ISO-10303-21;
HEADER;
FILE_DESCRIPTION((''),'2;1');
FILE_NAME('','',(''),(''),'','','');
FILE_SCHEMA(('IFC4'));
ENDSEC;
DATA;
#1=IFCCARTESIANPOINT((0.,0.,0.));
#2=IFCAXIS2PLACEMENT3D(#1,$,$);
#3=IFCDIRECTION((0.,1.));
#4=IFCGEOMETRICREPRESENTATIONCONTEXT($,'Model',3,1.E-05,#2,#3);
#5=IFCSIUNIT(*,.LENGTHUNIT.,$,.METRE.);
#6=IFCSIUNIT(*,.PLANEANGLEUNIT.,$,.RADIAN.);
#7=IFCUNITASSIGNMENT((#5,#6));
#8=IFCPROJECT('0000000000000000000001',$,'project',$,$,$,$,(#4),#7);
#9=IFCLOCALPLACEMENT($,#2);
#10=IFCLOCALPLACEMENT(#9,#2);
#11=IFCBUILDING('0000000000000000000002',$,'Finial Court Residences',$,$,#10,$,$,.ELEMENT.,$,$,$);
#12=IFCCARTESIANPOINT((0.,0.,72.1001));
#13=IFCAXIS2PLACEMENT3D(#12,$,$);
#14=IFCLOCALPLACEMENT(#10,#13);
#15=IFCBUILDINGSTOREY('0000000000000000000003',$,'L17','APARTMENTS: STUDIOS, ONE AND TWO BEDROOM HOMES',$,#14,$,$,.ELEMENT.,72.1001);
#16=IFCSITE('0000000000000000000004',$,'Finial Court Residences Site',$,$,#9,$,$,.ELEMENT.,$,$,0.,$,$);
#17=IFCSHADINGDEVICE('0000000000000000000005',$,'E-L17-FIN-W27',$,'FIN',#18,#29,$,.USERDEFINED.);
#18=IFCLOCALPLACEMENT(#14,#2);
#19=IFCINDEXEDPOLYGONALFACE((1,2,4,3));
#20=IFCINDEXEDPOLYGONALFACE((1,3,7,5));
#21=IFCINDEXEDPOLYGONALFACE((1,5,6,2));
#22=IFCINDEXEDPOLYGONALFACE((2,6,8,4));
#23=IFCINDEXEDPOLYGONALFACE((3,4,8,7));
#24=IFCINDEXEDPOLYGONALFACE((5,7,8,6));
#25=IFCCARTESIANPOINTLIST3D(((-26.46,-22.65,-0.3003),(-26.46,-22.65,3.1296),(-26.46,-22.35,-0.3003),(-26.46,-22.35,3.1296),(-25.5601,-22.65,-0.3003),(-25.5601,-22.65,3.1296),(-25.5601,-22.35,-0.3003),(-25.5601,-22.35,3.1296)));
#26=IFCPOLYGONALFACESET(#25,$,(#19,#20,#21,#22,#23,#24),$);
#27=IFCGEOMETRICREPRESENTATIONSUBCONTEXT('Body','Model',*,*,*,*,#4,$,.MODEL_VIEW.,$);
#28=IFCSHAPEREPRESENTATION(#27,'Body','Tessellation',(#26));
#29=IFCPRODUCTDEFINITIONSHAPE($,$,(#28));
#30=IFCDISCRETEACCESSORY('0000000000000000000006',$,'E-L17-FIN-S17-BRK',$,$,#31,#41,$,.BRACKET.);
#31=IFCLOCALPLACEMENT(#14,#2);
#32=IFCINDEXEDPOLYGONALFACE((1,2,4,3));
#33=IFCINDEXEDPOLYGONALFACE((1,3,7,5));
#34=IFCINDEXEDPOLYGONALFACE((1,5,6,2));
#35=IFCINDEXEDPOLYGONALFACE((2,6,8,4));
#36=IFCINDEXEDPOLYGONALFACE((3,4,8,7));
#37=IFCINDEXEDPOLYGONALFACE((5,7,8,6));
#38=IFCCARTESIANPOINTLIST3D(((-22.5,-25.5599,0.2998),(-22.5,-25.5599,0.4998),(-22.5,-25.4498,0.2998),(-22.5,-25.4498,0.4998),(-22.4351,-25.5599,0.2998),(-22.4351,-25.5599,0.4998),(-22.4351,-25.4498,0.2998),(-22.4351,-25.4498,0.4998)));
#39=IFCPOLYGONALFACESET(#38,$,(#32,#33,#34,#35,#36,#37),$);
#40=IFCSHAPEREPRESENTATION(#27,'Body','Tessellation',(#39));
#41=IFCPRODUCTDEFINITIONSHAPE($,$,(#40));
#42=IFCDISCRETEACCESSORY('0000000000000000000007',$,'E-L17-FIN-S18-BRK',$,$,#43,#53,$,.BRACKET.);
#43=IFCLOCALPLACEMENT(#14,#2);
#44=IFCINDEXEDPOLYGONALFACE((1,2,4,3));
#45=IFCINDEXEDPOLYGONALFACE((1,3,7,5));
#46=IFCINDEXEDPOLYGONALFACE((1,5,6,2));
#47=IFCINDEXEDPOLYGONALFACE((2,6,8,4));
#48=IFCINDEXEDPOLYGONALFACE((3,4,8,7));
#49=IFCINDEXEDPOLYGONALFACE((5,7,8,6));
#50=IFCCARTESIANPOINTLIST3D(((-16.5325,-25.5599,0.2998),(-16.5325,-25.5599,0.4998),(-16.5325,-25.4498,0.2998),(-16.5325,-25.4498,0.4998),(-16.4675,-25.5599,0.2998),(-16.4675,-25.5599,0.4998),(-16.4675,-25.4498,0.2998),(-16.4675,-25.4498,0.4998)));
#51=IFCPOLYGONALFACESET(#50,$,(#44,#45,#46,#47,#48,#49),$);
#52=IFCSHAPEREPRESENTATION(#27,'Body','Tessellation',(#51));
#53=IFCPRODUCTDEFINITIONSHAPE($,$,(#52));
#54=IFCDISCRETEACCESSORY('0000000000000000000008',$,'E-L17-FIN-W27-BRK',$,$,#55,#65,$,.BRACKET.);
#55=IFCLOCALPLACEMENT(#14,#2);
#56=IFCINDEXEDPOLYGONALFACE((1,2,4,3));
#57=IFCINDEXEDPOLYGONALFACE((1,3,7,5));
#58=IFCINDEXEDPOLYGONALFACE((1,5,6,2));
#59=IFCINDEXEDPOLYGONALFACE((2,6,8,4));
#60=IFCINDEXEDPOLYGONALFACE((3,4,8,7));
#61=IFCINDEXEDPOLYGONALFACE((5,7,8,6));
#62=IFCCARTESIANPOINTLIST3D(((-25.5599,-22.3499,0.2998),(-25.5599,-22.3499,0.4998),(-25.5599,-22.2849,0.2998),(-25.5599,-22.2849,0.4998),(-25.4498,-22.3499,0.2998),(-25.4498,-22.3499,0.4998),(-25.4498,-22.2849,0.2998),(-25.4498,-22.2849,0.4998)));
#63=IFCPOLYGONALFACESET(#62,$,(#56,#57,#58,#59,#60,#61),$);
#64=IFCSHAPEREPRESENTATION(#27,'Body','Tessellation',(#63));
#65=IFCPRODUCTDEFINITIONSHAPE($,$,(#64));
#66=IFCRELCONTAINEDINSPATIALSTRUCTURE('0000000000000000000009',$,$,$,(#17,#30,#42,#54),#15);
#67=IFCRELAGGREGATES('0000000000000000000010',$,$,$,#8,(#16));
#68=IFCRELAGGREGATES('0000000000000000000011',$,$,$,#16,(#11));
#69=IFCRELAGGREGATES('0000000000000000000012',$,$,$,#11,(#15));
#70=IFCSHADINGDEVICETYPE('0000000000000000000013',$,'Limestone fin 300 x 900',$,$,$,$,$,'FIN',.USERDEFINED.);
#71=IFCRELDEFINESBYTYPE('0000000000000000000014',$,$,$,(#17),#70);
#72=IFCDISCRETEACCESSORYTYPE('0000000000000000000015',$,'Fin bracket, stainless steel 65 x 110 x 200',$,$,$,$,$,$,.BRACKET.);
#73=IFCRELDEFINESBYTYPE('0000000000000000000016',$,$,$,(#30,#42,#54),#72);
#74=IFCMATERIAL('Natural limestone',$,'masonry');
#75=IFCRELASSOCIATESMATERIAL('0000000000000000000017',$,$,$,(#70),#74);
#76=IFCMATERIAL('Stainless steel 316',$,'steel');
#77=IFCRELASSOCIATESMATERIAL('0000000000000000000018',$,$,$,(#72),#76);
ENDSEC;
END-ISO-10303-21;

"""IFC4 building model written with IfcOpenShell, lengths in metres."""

from ifc_helpers import new_model, si_unit, direction, frame, origin, origin_2d, place, context, subcontext, project, spatial, rectangle, extrude, material, type_object, element, save


model = new_model("IFC4")

# Units and contexts
model_context = context("Model", 3, precision=1e-05, world=origin(), true_north=direction((0.0, 1.0)))
body_context = subcontext(model_context, "Body", "Model", "MODEL_VIEW")
ifc_project = project(units=[si_unit("LENGTHUNIT", "METRE"), si_unit("PLANEANGLEUNIT", "RADIAN")], contexts=[model_context])

# Site, building, storey
site_placement = place(None, origin())
site = spatial("IfcSite", under=ifc_project, at=site_placement, Name="Finial Court Residences Site", CompositionType="ELEMENT", RefElevation=0.0)
building_placement = place(site_placement, origin())
building = spatial("IfcBuilding", under=site, at=building_placement, Name="Finial Court Residences", CompositionType="ELEMENT")
storey_placement = place(building_placement, frame((0.0, 0.0, 72.1001)))
storey = spatial("IfcBuildingStorey", under=building, at=storey_placement, Name="L17", Description="APARTMENTS: STUDIOS, ONE AND TWO BEDROOM HOMES", CompositionType="ELEMENT", Elevation=72.1001)

# Shared definitions
ifc_material_1 = material(Name="Natural limestone", Category="masonry")

# Shading device
shading_device_type = type_object("IfcShadingDeviceType", Name="Limestone fin 300 x 900", ElementType="FIN", PredefinedType="USERDEFINED", material=ifc_material_1)
shading_device_placement = place(storey_placement, frame((-26.01, -22.5, -0.3003), z_axis=(0.0, 0.0, 1.0), x_axis=(1.0, 0.0, 0.0)))
element("IfcShadingDevice", 1, at=shading_device_placement, inside=storey, type_object=shading_device_type, Name="E-L17-FIN-W27", ObjectType="FIN", PredefinedType="USERDEFINED", context=body_context, shape_type="SweptSolid", body=[
    extrude(rectangle(XDim=0.8999, YDim=0.3, at=origin_2d()), origin(), (0.0, 0.0, 1.0), 3.4299),
])

# Discrete accessories
ifc_material_2 = material(Name="Stainless steel 316", Category="steel")
discrete_accessory_type = type_object("IfcDiscreteAccessoryType", Name="Fin bracket, stainless steel 65 x 110 x 200", PredefinedType="BRACKET", material=ifc_material_2)
for number, where, z_axis, x_axis, name in (
    (2, (-22.4675, -25.5049, 0.2998), (0.0, 0.0, 1.0), (1.0, 0.0, 0.0), "E-L17-FIN-S17-BRK"),
    (3, (-16.5, -25.5049, 0.2998), (0.0, 0.0, 1.0), (1.0, 0.0, 0.0), "E-L17-FIN-S18-BRK"),
):
    element("IfcDiscreteAccessory", number, at=place(storey_placement, frame(where, z_axis=z_axis, x_axis=x_axis)), inside=storey, type_object=discrete_accessory_type, Name=name, PredefinedType="BRACKET", context=body_context, shape_type="SweptSolid", body=[
        extrude(rectangle(XDim=0.0649, YDim=0.1101, at=origin_2d()), origin(), (0.0, 0.0, 1.0), 0.2),
    ])
discrete_accessory_placement = place(storey_placement, frame((-25.5049, -22.3174, 0.2998), z_axis=(0.0, 0.0, 1.0), x_axis=(1.0, 0.0, 0.0)))
element("IfcDiscreteAccessory", 4, at=discrete_accessory_placement, inside=storey, type_object=discrete_accessory_type, Name="E-L17-FIN-W27-BRK", PredefinedType="BRACKET", context=body_context, shape_type="SweptSolid", body=[
    extrude(rectangle(XDim=0.1101, YDim=0.0649, at=origin_2d()), origin(), (0.0, 0.0, 1.0), 0.2),
])

save(model, "model.ifc")
